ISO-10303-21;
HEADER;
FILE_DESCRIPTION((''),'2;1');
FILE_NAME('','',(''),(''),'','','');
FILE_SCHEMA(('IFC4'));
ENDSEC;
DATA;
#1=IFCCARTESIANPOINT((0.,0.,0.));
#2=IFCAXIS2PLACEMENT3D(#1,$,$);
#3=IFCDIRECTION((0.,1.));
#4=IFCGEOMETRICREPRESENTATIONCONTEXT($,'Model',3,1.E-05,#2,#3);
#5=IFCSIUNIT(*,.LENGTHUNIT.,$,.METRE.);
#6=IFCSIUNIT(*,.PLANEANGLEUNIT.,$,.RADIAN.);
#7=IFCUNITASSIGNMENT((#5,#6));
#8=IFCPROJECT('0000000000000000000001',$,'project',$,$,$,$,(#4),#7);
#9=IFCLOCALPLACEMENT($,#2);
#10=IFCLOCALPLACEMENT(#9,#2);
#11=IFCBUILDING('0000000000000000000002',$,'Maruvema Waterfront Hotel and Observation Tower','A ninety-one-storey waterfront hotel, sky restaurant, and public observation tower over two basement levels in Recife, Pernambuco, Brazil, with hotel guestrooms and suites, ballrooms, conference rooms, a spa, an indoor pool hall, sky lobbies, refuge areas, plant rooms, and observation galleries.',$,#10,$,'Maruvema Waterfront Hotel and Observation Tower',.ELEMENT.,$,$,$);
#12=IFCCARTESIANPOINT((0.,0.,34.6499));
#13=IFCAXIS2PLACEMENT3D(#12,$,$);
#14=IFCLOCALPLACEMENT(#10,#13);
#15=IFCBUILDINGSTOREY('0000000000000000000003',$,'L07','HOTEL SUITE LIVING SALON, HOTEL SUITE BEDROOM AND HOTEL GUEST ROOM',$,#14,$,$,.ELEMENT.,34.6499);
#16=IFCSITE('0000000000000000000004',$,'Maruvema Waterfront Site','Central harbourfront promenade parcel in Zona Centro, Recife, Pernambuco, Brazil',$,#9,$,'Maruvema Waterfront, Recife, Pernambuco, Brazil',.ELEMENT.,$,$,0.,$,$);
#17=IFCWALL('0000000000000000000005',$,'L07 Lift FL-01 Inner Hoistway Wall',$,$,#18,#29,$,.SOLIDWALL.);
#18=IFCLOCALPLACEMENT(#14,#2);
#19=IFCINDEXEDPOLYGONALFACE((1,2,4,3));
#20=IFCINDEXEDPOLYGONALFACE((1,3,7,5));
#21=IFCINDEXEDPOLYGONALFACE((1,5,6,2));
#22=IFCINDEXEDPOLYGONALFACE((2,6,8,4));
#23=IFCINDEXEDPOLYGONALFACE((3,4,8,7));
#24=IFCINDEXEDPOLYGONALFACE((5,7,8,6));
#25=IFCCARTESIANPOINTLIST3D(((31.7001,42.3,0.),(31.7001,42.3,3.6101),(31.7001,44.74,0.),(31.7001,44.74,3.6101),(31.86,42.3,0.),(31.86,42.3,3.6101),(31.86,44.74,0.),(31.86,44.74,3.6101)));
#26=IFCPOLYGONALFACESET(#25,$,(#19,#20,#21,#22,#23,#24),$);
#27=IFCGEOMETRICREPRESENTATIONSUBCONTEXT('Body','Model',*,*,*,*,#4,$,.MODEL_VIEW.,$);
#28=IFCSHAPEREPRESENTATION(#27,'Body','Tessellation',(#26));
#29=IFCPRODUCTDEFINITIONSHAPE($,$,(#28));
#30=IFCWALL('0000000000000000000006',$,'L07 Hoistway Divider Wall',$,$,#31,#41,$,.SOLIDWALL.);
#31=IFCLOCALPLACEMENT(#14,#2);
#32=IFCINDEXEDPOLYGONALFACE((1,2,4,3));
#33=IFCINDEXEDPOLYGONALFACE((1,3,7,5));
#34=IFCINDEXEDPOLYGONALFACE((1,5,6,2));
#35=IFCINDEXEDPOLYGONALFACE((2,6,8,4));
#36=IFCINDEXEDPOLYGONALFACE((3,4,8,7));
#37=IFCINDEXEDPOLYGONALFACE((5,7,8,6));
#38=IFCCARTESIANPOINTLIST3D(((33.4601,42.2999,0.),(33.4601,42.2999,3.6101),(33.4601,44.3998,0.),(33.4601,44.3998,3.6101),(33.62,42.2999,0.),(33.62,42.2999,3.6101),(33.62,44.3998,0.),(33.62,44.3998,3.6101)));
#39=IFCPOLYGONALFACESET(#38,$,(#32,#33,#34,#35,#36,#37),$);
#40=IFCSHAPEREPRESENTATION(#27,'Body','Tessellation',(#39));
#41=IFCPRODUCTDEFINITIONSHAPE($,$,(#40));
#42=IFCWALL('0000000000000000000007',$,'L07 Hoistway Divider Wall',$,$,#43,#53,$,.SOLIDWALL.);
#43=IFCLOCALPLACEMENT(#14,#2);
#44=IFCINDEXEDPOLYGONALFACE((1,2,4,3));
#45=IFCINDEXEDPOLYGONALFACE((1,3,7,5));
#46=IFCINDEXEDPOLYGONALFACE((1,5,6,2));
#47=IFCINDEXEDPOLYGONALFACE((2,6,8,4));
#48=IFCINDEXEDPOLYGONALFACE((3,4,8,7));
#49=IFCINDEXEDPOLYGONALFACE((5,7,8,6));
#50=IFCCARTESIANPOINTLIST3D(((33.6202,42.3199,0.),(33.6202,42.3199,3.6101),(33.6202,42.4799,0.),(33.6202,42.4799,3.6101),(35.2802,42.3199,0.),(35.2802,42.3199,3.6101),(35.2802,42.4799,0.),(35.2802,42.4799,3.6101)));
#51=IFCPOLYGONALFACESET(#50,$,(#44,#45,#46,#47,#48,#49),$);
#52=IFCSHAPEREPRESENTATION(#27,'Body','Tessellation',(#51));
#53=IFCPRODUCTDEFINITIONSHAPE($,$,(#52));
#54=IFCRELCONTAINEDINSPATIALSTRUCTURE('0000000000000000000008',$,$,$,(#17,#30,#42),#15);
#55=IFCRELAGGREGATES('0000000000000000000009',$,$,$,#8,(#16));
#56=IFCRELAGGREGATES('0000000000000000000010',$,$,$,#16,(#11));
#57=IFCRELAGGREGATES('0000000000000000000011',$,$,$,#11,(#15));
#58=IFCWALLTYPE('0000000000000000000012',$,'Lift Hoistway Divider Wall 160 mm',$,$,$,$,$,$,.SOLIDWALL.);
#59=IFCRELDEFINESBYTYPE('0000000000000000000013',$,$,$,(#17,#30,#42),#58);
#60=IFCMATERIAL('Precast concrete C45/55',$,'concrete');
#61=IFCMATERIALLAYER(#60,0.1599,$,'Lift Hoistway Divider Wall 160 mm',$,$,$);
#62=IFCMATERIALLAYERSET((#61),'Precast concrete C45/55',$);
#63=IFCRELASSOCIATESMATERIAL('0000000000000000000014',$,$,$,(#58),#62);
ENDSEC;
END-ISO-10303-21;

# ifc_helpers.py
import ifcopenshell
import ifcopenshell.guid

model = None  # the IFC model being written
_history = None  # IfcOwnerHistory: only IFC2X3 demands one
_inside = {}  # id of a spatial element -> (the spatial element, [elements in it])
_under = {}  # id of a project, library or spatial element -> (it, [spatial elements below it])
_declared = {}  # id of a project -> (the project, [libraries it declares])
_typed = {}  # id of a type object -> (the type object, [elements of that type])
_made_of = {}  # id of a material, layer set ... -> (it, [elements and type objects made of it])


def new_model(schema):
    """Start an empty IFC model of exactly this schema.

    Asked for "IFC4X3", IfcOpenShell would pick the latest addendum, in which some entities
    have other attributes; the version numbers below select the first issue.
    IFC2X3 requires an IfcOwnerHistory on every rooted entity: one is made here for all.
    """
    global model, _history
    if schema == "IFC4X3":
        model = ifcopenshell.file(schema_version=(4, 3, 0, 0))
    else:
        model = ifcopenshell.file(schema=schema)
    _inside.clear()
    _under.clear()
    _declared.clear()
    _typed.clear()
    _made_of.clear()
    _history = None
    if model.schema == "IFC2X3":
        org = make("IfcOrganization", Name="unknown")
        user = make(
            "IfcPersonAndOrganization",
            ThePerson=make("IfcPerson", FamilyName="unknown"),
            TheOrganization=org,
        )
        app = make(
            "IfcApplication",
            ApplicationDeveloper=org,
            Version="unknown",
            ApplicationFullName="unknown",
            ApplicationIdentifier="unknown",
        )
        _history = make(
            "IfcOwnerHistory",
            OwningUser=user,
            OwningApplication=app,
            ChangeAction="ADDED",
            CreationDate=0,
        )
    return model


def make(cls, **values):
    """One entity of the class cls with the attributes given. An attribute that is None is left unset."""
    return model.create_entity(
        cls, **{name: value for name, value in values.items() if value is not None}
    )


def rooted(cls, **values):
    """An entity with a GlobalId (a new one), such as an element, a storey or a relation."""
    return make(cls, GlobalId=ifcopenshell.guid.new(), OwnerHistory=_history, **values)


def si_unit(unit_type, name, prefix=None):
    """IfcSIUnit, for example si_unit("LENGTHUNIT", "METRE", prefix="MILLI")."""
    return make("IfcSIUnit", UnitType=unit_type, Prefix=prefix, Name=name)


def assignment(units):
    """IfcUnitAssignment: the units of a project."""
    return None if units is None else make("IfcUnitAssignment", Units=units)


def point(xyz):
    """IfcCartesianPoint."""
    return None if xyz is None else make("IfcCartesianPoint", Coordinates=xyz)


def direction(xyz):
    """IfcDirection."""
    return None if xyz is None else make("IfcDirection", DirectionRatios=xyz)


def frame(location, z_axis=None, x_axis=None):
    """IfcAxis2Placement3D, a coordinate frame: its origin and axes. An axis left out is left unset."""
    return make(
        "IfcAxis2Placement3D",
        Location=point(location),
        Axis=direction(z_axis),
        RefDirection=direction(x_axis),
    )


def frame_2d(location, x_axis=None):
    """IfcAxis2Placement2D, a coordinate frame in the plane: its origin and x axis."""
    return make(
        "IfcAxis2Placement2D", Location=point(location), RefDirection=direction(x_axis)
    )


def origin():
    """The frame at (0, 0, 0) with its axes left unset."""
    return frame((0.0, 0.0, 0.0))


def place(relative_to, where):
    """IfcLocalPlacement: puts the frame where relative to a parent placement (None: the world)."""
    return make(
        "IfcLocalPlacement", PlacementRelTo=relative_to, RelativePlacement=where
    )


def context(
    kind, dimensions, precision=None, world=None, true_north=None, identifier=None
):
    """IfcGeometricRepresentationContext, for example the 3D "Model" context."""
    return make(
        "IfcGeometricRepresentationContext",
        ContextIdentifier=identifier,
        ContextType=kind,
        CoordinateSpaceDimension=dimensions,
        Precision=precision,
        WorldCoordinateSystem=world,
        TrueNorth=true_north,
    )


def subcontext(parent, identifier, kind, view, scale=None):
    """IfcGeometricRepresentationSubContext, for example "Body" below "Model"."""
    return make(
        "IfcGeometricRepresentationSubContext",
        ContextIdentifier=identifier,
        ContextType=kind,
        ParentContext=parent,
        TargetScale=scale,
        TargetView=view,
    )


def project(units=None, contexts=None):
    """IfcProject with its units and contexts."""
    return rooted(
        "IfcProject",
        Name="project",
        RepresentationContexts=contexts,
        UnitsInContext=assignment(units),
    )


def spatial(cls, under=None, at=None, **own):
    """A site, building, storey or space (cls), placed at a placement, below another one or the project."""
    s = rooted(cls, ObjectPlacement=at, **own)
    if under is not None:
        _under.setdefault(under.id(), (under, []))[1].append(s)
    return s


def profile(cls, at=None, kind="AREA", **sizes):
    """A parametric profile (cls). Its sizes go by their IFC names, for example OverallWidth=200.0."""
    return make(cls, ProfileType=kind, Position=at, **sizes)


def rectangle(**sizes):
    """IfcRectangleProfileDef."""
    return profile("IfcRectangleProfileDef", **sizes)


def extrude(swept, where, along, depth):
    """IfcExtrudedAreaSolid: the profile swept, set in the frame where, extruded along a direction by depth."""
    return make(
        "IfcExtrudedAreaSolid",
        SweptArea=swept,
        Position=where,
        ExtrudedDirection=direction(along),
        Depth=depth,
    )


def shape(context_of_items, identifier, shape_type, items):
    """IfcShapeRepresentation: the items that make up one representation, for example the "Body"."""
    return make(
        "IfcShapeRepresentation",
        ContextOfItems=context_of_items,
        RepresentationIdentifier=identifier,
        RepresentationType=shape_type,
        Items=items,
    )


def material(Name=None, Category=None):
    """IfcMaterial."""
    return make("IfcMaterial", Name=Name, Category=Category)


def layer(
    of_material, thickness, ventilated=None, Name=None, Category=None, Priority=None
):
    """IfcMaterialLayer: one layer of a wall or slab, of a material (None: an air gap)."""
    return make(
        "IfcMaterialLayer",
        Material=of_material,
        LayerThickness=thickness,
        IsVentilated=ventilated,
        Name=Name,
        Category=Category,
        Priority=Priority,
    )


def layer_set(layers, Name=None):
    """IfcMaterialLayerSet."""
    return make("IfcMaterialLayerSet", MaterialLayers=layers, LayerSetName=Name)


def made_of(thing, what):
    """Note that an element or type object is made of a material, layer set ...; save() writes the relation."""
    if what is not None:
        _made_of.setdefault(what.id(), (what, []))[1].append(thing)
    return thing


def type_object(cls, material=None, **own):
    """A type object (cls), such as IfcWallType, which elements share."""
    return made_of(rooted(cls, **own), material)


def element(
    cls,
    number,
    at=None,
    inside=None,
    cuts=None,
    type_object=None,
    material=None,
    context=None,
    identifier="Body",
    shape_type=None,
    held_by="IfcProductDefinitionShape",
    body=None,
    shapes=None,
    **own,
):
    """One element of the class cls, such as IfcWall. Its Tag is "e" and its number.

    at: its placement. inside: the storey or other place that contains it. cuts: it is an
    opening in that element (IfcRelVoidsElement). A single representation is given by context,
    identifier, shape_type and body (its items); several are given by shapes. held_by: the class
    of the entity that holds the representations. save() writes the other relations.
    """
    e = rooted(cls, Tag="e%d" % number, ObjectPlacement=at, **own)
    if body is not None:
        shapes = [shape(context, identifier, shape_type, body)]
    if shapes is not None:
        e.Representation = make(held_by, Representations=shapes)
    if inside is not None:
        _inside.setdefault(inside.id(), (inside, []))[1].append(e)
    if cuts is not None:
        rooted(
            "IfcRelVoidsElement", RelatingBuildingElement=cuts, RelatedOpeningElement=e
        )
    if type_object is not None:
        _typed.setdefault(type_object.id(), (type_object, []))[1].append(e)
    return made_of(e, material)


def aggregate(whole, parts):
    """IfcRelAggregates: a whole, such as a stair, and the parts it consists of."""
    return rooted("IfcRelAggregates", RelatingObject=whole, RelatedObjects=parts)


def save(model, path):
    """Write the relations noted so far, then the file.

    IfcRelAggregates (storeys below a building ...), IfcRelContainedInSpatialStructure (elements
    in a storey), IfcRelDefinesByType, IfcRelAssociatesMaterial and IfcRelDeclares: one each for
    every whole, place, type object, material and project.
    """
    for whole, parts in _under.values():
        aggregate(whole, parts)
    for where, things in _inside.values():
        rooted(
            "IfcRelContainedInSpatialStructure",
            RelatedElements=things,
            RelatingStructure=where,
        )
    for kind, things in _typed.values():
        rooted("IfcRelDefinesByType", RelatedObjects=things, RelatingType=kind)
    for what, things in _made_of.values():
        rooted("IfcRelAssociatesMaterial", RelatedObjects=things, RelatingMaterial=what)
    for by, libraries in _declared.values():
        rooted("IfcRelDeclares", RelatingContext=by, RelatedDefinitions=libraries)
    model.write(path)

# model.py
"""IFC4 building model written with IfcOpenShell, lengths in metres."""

from ifc_helpers import new_model, si_unit, direction, frame, frame_2d, origin, place, context, subcontext, project, spatial, rectangle, extrude, material, layer, layer_set, type_object, element, save


model = new_model("IFC4")

# Units and contexts
model_context = context("Model", 3, precision=1e-05, world=origin(), true_north=direction((0.0, 1.0)))
body_context = subcontext(model_context, "Body", "Model", "MODEL_VIEW")
ifc_project = project(units=[si_unit("LENGTHUNIT", "METRE"), si_unit("PLANEANGLEUNIT", "RADIAN")], contexts=[model_context])

# Site, building, storey
site_placement = place(None, origin())
site = spatial("IfcSite", under=ifc_project, at=site_placement, Name="Maruvema Waterfront Site", Description="Central harbourfront promenade parcel in Zona Centro, Recife, Pernambuco, Brazil", LongName="Maruvema Waterfront, Recife, Pernambuco, Brazil", CompositionType="ELEMENT", RefElevation=0.0)
building_placement = place(site_placement, origin())
building = spatial("IfcBuilding", under=site, at=building_placement, Name="Maruvema Waterfront Hotel and Observation Tower", Description="A ninety-one-storey waterfront hotel, sky restaurant, and public observation tower over two basement levels in Recife, Pernambuco, Brazil, with hotel guestrooms and suites, ballrooms, conference rooms, a spa, an indoor pool hall, sky lobbies, refuge areas, plant rooms, and observation galleries.", LongName="Maruvema Waterfront Hotel and Observation Tower", CompositionType="ELEMENT")
storey_placement = place(building_placement, frame((0.0, 0.0, 34.6499)))
storey = spatial("IfcBuildingStorey", under=building, at=storey_placement, Name="L07", Description="HOTEL SUITE LIVING SALON, HOTEL SUITE BEDROOM AND HOTEL GUEST ROOM", CompositionType="ELEMENT", Elevation=34.6499)

# Walls
ifc_material_1 = material(Name="Precast concrete C45/55", Category="concrete")
ifc_layer_1 = layer(ifc_material_1, 0.1599, Name="Lift Hoistway Divider Wall 160 mm")
ifc_layer_set_1 = layer_set([ifc_layer_1], Name="Precast concrete C45/55")
wall_type_1 = type_object("IfcWallType", Name="Lift Hoistway Divider Wall 160 mm", PredefinedType="SOLIDWALL", material=ifc_layer_set_1)
wall_1_placement = place(storey_placement, frame((31.78, 42.3, 0.0), z_axis=(0.0, 0.0, 1.0), x_axis=(0.0, 1.0, 0.0)))
element("IfcWall", 1, at=wall_1_placement, inside=storey, type_object=wall_type_1, Name="L07 Lift FL-01 Inner Hoistway Wall", PredefinedType="SOLIDWALL", context=body_context, shape_type="SweptSolid", body=[
    extrude(rectangle(XDim=2.4399, YDim=0.1599, at=frame_2d((1.22, 0.0))), origin(), (0.0, 0.0, 1.0), 3.6101),
])
wall_2_placement = place(storey_placement, frame((33.54, 42.3, 0.0), z_axis=(0.0, 0.0, 1.0), x_axis=(0.0, 1.0, 0.0)))
element("IfcWall", 2, at=wall_2_placement, inside=storey, type_object=wall_type_1, Name="L07 Hoistway Divider Wall", PredefinedType="SOLIDWALL", context=body_context, shape_type="SweptSolid", body=[
    extrude(rectangle(XDim=2.0999, YDim=0.1599, at=frame_2d((1.0498, 0.0))), origin(), (0.0, 0.0, 1.0), 3.6101),
])
wall_3_placement = place(storey_placement, frame((33.6201, 42.3999, 0.0), z_axis=(0.0, 0.0, 1.0), x_axis=(1.0, 0.0, 0.0)))
element("IfcWall", 3, at=wall_3_placement, inside=storey, type_object=wall_type_1, Name="L07 Hoistway Divider Wall", PredefinedType="SOLIDWALL", context=body_context, shape_type="SweptSolid", body=[
    extrude(rectangle(XDim=1.6599, YDim=0.1599, at=frame_2d((0.8301, 0.0))), origin(), (0.0, 0.0, 1.0), 3.6101),
])

save(model, "model.ifc")
